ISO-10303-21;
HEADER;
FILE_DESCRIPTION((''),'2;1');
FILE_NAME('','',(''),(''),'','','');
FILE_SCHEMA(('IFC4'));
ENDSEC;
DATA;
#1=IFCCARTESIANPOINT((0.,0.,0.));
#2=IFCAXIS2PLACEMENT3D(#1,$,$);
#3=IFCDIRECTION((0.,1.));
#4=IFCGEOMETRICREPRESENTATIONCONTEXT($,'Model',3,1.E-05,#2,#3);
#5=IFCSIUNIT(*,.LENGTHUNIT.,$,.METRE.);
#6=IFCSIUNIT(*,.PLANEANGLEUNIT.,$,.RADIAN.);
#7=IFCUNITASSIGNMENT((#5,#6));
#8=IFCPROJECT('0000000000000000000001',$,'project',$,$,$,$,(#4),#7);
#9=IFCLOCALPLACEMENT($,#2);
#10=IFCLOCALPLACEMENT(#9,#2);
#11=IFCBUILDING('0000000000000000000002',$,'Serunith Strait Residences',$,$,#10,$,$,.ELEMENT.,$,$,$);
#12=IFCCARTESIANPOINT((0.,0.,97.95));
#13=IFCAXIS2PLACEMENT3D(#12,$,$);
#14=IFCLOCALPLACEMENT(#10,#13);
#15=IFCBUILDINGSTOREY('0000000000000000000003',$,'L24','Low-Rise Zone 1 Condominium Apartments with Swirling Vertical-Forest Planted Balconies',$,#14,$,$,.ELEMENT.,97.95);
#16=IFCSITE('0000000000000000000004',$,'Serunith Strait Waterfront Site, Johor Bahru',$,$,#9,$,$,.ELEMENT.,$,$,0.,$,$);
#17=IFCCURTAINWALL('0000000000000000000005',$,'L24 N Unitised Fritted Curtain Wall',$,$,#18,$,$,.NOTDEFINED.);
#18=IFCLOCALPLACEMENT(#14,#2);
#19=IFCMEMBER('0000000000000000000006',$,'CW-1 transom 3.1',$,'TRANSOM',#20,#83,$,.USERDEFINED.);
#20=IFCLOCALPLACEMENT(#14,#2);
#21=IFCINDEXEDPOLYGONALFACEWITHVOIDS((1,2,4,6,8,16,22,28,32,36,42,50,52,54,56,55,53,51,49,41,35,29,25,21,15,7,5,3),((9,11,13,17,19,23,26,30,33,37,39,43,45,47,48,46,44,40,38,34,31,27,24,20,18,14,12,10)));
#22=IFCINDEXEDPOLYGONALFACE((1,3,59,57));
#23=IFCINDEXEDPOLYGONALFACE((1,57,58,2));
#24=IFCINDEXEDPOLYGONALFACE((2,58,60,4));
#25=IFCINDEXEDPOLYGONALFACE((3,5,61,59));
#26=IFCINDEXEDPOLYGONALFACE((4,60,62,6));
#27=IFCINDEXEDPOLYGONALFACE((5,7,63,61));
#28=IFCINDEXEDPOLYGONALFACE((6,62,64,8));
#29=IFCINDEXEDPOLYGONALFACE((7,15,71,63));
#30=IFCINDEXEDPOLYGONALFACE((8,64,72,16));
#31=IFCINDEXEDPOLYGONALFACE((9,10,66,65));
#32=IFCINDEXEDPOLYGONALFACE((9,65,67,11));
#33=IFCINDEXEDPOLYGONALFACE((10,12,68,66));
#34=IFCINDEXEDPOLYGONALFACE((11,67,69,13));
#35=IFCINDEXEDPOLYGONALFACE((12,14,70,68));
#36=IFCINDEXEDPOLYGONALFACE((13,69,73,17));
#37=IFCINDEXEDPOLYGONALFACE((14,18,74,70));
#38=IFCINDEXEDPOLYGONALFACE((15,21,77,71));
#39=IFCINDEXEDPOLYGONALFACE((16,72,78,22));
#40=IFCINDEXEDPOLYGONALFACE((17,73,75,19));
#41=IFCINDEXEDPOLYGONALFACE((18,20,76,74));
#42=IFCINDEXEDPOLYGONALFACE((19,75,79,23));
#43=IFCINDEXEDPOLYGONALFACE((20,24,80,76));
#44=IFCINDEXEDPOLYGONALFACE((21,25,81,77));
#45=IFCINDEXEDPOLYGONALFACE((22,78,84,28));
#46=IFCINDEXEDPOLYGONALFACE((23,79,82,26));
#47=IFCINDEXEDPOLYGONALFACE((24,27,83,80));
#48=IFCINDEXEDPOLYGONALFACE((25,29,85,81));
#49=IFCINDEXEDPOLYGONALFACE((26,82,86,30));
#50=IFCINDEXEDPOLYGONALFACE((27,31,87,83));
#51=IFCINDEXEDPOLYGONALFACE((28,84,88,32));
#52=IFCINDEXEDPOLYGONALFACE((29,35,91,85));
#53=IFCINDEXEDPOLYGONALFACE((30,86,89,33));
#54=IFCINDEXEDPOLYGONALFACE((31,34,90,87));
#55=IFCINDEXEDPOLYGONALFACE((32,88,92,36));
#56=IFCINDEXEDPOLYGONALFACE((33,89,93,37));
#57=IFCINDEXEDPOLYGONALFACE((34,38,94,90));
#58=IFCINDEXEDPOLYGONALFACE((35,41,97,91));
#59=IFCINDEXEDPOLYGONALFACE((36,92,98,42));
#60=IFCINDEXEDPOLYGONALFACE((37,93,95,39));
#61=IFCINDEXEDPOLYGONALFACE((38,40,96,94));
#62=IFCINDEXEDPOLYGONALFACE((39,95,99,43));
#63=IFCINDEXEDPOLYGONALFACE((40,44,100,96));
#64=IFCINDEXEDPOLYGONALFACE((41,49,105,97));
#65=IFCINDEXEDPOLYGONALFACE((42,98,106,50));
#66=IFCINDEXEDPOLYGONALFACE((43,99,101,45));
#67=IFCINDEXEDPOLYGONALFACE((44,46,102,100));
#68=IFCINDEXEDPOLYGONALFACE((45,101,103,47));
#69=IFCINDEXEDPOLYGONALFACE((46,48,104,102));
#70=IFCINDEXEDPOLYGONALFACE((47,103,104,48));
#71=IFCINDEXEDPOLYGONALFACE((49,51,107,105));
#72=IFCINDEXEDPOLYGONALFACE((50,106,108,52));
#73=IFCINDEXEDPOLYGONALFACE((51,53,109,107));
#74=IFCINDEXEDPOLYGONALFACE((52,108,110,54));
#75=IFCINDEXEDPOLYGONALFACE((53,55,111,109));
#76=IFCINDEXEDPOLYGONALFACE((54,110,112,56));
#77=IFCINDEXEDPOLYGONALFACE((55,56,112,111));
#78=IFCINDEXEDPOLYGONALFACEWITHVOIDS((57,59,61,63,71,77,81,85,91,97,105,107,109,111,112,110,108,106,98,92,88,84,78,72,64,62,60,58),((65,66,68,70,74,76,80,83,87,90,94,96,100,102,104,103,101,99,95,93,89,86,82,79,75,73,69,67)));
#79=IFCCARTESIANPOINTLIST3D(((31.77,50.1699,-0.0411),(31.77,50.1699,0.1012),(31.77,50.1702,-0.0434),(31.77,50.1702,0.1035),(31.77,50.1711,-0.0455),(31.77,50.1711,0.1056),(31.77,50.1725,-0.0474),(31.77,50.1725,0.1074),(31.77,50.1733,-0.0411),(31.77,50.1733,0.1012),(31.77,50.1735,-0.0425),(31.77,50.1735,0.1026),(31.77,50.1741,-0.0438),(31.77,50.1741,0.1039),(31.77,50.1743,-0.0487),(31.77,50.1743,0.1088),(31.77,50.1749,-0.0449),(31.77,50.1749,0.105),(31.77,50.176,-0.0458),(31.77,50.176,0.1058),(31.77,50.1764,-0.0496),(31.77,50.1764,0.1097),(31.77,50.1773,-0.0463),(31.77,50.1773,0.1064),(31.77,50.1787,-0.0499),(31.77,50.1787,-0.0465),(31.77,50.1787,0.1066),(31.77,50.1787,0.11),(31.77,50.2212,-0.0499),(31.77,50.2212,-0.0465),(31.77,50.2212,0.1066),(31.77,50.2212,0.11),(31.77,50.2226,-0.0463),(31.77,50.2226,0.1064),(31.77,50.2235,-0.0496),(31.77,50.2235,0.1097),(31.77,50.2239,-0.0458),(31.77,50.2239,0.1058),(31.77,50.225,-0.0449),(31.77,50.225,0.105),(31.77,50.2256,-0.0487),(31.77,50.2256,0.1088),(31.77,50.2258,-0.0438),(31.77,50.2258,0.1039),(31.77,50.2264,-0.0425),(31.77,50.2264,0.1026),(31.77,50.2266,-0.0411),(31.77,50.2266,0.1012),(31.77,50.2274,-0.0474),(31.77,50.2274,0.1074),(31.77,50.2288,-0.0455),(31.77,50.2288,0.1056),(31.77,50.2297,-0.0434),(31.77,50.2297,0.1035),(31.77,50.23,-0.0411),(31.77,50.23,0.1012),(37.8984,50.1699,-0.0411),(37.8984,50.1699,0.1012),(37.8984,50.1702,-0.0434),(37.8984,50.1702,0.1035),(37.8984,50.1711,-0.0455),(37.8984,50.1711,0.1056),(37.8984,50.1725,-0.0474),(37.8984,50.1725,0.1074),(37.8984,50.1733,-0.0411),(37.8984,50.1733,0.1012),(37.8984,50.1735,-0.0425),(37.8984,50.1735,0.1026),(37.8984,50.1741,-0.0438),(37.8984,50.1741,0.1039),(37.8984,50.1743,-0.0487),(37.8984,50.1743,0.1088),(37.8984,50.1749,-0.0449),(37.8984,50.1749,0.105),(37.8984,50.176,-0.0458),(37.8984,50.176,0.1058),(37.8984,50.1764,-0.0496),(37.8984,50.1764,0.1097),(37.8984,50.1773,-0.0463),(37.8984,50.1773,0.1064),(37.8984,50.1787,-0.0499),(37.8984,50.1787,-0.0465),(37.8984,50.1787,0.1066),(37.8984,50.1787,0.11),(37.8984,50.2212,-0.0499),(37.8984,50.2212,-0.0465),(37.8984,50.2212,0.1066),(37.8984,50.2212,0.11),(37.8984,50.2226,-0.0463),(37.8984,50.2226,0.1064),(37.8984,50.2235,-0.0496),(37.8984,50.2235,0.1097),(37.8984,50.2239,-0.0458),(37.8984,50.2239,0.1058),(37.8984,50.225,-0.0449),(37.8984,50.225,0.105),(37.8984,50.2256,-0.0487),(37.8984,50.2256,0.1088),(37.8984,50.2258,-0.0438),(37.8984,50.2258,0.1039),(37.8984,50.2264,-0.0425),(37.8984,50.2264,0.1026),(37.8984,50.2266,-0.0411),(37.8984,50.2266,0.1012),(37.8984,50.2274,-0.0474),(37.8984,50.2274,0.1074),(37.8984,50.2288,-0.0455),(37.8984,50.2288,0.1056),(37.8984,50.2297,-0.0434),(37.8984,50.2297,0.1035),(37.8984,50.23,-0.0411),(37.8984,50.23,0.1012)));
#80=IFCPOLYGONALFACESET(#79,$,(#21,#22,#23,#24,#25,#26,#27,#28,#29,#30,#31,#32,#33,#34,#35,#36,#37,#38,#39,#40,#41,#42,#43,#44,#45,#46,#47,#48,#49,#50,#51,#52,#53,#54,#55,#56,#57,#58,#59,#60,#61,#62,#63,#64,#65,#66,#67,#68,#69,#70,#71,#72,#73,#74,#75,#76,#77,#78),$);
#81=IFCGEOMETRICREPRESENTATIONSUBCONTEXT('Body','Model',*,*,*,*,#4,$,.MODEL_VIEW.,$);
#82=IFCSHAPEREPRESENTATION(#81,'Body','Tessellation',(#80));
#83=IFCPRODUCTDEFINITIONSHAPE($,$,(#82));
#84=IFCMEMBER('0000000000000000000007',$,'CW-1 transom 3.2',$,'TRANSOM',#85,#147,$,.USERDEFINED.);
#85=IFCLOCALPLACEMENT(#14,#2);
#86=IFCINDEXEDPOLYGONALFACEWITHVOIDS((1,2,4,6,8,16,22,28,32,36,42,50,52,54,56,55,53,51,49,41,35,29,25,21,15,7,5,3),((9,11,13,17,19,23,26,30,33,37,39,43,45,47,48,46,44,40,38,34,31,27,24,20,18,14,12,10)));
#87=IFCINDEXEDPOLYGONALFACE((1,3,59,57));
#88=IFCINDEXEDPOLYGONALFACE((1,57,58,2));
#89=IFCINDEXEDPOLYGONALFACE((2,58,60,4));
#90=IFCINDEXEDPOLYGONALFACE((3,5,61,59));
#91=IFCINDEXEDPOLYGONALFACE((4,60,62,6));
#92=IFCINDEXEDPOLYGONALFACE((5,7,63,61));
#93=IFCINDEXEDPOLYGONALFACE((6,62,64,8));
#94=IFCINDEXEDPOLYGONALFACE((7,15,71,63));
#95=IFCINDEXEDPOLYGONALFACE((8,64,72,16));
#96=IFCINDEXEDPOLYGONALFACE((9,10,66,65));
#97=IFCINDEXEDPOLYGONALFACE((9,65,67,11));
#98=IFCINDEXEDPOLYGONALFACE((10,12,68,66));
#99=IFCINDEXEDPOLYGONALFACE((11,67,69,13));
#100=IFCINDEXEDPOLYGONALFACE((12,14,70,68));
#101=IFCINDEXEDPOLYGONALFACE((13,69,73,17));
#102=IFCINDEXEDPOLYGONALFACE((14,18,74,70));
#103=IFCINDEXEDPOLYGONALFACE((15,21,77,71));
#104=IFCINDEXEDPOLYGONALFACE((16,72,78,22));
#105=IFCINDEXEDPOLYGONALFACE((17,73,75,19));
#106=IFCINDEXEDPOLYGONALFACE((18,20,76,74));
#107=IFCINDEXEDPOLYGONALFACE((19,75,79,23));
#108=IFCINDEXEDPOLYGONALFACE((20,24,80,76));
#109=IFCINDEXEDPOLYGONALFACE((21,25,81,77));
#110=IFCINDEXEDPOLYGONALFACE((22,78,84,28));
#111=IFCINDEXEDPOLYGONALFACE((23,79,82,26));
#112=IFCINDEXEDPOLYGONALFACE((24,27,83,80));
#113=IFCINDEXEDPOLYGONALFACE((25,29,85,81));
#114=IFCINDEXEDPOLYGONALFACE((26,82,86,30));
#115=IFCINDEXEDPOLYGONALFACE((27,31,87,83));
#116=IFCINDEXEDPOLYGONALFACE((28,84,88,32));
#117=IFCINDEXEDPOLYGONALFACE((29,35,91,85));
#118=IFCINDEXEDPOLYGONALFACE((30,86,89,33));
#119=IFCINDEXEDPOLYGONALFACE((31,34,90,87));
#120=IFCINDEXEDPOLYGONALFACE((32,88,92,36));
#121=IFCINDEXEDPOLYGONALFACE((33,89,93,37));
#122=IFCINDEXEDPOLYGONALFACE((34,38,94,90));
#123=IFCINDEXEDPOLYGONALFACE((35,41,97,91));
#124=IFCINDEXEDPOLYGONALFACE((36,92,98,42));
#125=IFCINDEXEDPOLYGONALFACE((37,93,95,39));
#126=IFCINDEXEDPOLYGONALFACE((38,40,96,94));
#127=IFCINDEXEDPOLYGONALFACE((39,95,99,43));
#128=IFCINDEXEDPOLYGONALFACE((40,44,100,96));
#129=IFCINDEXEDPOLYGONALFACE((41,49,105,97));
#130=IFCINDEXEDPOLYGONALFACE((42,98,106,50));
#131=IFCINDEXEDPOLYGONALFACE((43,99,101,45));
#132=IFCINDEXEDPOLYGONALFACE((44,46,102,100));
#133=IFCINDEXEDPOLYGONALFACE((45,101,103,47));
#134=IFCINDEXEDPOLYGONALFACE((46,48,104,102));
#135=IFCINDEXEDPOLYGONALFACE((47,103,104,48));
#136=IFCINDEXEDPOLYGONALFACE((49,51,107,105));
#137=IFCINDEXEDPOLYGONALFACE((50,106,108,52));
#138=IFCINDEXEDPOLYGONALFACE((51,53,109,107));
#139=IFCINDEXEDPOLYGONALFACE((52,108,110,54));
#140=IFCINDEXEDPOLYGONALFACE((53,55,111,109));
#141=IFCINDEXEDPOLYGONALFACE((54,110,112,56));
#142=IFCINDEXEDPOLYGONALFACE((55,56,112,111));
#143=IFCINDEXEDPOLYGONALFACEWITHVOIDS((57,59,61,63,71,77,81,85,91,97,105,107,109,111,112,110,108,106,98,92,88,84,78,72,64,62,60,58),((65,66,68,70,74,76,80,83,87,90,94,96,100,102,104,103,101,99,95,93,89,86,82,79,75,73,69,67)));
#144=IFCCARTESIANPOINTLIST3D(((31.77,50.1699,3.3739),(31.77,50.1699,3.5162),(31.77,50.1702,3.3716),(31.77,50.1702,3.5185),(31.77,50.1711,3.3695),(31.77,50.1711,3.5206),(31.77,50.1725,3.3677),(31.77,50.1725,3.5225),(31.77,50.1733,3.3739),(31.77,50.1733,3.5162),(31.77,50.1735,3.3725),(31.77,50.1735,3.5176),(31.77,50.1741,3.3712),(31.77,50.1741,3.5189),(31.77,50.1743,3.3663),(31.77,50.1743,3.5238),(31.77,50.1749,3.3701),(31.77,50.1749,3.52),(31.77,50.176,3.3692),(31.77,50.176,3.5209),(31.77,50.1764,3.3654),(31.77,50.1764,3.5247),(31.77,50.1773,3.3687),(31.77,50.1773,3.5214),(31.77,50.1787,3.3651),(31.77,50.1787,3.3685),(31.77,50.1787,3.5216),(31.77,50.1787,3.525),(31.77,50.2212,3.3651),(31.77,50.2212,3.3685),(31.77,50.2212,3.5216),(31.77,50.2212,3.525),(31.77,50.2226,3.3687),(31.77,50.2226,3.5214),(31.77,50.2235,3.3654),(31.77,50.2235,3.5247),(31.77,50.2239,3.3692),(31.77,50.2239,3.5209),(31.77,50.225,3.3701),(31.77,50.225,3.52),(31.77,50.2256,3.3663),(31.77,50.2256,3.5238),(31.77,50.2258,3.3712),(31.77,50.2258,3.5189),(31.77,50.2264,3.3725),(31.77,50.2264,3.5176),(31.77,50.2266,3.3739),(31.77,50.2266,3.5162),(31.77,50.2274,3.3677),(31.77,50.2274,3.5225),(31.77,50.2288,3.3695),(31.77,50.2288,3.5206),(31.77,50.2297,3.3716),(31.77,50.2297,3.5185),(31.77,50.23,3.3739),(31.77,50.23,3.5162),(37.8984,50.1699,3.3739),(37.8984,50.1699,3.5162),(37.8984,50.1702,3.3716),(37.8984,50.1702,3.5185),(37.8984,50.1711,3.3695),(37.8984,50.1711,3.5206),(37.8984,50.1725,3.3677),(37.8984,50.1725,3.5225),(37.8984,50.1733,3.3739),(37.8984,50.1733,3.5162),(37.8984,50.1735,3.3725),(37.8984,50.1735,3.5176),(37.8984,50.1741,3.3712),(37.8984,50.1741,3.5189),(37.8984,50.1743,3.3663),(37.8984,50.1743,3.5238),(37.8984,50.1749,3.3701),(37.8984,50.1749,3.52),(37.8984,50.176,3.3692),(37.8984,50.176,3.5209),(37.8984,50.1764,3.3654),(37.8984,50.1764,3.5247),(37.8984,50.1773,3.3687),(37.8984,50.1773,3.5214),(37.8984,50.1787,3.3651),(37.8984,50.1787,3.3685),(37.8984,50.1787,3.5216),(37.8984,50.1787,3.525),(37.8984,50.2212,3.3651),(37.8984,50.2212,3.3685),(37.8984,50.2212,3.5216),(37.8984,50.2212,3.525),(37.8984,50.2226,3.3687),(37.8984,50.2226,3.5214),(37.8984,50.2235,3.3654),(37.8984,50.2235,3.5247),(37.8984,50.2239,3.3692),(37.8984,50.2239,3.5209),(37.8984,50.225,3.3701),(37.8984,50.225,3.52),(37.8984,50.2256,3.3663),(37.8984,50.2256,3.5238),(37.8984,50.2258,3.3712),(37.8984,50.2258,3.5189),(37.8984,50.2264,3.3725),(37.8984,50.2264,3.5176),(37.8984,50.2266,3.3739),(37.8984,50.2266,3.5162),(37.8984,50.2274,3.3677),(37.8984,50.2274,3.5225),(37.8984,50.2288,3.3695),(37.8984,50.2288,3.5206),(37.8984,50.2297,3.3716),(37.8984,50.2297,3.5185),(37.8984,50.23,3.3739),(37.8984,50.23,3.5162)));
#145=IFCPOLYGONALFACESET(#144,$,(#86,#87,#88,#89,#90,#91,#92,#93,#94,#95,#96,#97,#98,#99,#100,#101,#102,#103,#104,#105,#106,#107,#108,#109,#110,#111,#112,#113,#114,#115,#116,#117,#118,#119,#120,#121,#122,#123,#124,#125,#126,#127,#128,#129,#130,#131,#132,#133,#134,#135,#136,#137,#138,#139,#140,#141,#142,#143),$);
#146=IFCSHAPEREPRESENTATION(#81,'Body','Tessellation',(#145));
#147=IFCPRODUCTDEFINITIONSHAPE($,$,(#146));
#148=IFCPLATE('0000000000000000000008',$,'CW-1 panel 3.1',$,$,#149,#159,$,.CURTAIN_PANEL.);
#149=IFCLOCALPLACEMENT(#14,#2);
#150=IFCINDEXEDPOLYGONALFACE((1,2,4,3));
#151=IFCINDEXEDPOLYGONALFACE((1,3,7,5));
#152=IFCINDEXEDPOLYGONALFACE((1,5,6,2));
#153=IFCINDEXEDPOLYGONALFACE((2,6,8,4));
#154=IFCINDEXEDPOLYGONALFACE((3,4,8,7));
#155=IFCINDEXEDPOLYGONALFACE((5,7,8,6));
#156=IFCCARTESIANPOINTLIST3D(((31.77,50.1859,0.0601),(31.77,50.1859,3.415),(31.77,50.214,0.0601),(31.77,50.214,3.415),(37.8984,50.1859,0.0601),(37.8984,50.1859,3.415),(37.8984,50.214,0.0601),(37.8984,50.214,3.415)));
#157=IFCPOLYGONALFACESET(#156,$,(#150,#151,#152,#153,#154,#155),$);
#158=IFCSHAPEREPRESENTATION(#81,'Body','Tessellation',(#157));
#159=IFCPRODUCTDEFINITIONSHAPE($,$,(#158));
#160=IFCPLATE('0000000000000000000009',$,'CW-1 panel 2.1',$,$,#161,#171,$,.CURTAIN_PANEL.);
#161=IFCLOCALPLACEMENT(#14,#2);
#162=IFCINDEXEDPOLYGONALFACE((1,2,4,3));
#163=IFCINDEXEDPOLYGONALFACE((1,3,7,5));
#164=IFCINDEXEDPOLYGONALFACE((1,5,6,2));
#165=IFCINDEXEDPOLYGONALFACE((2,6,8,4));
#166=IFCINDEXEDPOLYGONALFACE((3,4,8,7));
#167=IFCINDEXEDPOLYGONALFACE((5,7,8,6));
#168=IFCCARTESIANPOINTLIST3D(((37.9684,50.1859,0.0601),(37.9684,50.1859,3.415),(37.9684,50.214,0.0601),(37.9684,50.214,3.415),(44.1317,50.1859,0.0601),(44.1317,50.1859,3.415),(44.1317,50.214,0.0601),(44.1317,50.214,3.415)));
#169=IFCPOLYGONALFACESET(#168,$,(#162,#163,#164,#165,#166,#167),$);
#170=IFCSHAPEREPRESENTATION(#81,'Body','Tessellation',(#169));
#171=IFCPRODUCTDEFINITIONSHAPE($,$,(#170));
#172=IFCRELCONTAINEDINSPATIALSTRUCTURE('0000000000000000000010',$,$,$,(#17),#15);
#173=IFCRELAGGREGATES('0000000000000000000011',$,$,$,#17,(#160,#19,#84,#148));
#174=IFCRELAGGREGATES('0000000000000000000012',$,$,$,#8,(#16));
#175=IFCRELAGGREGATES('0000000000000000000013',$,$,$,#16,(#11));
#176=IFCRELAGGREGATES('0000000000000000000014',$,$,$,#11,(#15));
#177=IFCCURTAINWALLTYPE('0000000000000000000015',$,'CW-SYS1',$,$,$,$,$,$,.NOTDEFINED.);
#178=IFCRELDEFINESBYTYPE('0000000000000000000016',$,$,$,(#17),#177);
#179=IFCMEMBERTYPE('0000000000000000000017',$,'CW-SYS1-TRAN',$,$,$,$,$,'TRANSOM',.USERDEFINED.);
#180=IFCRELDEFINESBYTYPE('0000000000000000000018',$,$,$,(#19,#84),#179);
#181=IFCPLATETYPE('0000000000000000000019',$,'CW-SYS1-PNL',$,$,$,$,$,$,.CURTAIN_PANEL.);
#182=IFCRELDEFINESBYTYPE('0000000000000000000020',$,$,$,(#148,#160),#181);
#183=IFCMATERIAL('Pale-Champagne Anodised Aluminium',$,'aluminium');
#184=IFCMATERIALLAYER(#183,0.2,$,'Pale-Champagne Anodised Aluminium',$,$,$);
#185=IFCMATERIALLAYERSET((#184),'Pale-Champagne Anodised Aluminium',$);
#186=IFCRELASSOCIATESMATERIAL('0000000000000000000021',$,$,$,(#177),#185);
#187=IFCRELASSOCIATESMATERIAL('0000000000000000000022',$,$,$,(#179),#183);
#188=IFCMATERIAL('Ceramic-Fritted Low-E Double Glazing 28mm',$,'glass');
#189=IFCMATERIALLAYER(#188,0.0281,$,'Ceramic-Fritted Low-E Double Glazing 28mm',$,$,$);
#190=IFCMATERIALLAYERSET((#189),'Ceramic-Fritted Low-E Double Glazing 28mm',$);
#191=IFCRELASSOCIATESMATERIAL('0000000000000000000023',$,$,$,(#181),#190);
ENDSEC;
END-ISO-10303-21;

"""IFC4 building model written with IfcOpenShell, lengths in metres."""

from ifc_helpers import new_model, si_unit, direction, frame, origin, origin_2d, place, context, subcontext, project, spatial, rectangle, hollow_rectangle, extrude, source, transform, mapped, material, layer, layer_set, material_profile, profile_set, type_object, element, aggregate, save


model = new_model("IFC4")

# Units and contexts
model_context = context("Model", 3, precision=1e-05, world=origin(), true_north=direction((0.0, 1.0)))
body_context = subcontext(model_context, "Body", "Model", "MODEL_VIEW")
ifc_project = project(units=[si_unit("LENGTHUNIT", "METRE"), si_unit("PLANEANGLEUNIT", "RADIAN")], contexts=[model_context])

# Site, building, storey
site_placement = place(None, origin())
site = spatial("IfcSite", under=ifc_project, at=site_placement, Name="Serunith Strait Waterfront Site, Johor Bahru", CompositionType="ELEMENT", RefElevation=0.0)
building_placement = place(site_placement, origin())
building = spatial("IfcBuilding", under=site, at=building_placement, Name="Serunith Strait Residences", CompositionType="ELEMENT")
storey_placement = place(building_placement, frame((0.0, 0.0, 97.95)))
storey = spatial("IfcBuildingStorey", under=building, at=storey_placement, Name="L24", Description="Low-Rise Zone 1 Condominium Apartments with Swirling Vertical-Forest Planted Balconies", CompositionType="ELEMENT", Elevation=97.95)

# Curtain wall, members, plates
ifc_material_1 = material(Name="Pale-Champagne Anodised Aluminium", Category="aluminium")
ifc_layer_1 = layer(ifc_material_1, 0.2, Name="Pale-Champagne Anodised Aluminium")
ifc_layer_set_1 = layer_set([ifc_layer_1], Name="Pale-Champagne Anodised Aluminium")
curtain_wall_type = type_object("IfcCurtainWallType", Name="CW-SYS1", PredefinedType="NOTDEFINED", material=ifc_layer_set_1)
curtain_wall_placement = place(storey_placement, origin())
curtain_wall = element("IfcCurtainWall", 1, at=curtain_wall_placement, inside=storey, type_object=curtain_wall_type, Name="L24 N Unitised Fritted Curtain Wall", PredefinedType="NOTDEFINED")
ifc_material_profile_1 = material_profile(ifc_material_1, hollow_rectangle(XDim=0.0601, YDim=0.1599, WallThickness=0.0034, InnerFilletRadius=0.0054, OuterFilletRadius=0.0088, at=origin_2d()), Name="ALU 160x60x3.5")
ifc_profile_set_1 = profile_set([ifc_material_profile_1], Name="Pale-Champagne Anodised Aluminium")
member_type_1 = type_object("IfcMemberType", Name="CW-SYS1-TRAN", ElementType="TRANSOM", PredefinedType="USERDEFINED", material=ifc_profile_set_1)
shared_shape_1 = source(origin(), body_context, "Body", "SweptSolid", [
    extrude(hollow_rectangle(XDim=0.0601, YDim=0.1599, WallThickness=0.0034, InnerFilletRadius=0.0054, OuterFilletRadius=0.0088, at=origin_2d()), origin(), (0.0, 0.0, 1.0), 6.1284),
])
member_1_placement = place(storey_placement, frame((37.8984, 50.2, 0.03), z_axis=(-1.0, 0.0, 0.0), x_axis=(0.0, -1.0, 0.0)))
member_1 = element("IfcMember", 2, at=member_1_placement, type_object=member_type_1, Name="CW-1 transom 3.1", ObjectType="TRANSOM", PredefinedType="USERDEFINED", context=body_context, shape_type="MappedRepresentation", body=[
    mapped(shared_shape_1, transform((0.0, 0.0, 0.0), scale=1.0)),
])
member_2_placement = place(storey_placement, frame((37.8984, 50.2, 3.4451), z_axis=(-1.0, 0.0, 0.0), x_axis=(0.0, -1.0, 0.0)))
member_2 = element("IfcMember", 3, at=member_2_placement, type_object=member_type_1, Name="CW-1 transom 3.2", ObjectType="TRANSOM", PredefinedType="USERDEFINED", context=body_context, shape_type="MappedRepresentation", body=[
    mapped(shared_shape_1, transform((0.0, 0.0, 0.0), scale=1.0)),
])
ifc_material_2 = material(Name="Ceramic-Fritted Low-E Double Glazing 28mm", Category="glass")
ifc_layer_2 = layer(ifc_material_2, 0.0281, Name="Ceramic-Fritted Low-E Double Glazing 28mm")
ifc_layer_set_2 = layer_set([ifc_layer_2], Name="Ceramic-Fritted Low-E Double Glazing 28mm")
plate_type = type_object("IfcPlateType", Name="CW-SYS1-PNL", PredefinedType="CURTAIN_PANEL", material=ifc_layer_set_2)
shared_shape_2 = source(origin(), body_context, "Body", "SweptSolid", [
    extrude(rectangle(XDim=6.1284, YDim=0.0281, at=origin_2d()), origin(), (0.0, 0.0, 1.0), 3.355),
])
plate_1_placement = place(storey_placement, frame((34.8342, 50.2, 0.0601), z_axis=(0.0, 0.0, 1.0), x_axis=(-1.0, 0.0, 0.0)))
plate_1 = element("IfcPlate", 4, at=plate_1_placement, type_object=plate_type, Name="CW-1 panel 3.1", PredefinedType="CURTAIN_PANEL", context=body_context, shape_type="MappedRepresentation", body=[
    mapped(shared_shape_2, transform((0.0, 0.0, 0.0), scale=1.0)),
])
shared_shape_3 = source(origin(), body_context, "Body", "SweptSolid", [
    extrude(rectangle(XDim=6.1633, YDim=0.0281, at=origin_2d()), origin(), (0.0, 0.0, 1.0), 3.355),
])
plate_2_placement = place(storey_placement, frame((41.05, 50.2, 0.0601), z_axis=(0.0, 0.0, 1.0), x_axis=(-1.0, 0.0, 0.0)))
plate_2 = element("IfcPlate", 5, at=plate_2_placement, type_object=plate_type, Name="CW-1 panel 2.1", PredefinedType="CURTAIN_PANEL", context=body_context, shape_type="MappedRepresentation", body=[
    mapped(shared_shape_3, transform((0.0, 0.0, 0.0), scale=1.0)),
])
aggregate(curtain_wall, [plate_2, member_1, member_2, plate_1])

save(model, "model.ifc")
